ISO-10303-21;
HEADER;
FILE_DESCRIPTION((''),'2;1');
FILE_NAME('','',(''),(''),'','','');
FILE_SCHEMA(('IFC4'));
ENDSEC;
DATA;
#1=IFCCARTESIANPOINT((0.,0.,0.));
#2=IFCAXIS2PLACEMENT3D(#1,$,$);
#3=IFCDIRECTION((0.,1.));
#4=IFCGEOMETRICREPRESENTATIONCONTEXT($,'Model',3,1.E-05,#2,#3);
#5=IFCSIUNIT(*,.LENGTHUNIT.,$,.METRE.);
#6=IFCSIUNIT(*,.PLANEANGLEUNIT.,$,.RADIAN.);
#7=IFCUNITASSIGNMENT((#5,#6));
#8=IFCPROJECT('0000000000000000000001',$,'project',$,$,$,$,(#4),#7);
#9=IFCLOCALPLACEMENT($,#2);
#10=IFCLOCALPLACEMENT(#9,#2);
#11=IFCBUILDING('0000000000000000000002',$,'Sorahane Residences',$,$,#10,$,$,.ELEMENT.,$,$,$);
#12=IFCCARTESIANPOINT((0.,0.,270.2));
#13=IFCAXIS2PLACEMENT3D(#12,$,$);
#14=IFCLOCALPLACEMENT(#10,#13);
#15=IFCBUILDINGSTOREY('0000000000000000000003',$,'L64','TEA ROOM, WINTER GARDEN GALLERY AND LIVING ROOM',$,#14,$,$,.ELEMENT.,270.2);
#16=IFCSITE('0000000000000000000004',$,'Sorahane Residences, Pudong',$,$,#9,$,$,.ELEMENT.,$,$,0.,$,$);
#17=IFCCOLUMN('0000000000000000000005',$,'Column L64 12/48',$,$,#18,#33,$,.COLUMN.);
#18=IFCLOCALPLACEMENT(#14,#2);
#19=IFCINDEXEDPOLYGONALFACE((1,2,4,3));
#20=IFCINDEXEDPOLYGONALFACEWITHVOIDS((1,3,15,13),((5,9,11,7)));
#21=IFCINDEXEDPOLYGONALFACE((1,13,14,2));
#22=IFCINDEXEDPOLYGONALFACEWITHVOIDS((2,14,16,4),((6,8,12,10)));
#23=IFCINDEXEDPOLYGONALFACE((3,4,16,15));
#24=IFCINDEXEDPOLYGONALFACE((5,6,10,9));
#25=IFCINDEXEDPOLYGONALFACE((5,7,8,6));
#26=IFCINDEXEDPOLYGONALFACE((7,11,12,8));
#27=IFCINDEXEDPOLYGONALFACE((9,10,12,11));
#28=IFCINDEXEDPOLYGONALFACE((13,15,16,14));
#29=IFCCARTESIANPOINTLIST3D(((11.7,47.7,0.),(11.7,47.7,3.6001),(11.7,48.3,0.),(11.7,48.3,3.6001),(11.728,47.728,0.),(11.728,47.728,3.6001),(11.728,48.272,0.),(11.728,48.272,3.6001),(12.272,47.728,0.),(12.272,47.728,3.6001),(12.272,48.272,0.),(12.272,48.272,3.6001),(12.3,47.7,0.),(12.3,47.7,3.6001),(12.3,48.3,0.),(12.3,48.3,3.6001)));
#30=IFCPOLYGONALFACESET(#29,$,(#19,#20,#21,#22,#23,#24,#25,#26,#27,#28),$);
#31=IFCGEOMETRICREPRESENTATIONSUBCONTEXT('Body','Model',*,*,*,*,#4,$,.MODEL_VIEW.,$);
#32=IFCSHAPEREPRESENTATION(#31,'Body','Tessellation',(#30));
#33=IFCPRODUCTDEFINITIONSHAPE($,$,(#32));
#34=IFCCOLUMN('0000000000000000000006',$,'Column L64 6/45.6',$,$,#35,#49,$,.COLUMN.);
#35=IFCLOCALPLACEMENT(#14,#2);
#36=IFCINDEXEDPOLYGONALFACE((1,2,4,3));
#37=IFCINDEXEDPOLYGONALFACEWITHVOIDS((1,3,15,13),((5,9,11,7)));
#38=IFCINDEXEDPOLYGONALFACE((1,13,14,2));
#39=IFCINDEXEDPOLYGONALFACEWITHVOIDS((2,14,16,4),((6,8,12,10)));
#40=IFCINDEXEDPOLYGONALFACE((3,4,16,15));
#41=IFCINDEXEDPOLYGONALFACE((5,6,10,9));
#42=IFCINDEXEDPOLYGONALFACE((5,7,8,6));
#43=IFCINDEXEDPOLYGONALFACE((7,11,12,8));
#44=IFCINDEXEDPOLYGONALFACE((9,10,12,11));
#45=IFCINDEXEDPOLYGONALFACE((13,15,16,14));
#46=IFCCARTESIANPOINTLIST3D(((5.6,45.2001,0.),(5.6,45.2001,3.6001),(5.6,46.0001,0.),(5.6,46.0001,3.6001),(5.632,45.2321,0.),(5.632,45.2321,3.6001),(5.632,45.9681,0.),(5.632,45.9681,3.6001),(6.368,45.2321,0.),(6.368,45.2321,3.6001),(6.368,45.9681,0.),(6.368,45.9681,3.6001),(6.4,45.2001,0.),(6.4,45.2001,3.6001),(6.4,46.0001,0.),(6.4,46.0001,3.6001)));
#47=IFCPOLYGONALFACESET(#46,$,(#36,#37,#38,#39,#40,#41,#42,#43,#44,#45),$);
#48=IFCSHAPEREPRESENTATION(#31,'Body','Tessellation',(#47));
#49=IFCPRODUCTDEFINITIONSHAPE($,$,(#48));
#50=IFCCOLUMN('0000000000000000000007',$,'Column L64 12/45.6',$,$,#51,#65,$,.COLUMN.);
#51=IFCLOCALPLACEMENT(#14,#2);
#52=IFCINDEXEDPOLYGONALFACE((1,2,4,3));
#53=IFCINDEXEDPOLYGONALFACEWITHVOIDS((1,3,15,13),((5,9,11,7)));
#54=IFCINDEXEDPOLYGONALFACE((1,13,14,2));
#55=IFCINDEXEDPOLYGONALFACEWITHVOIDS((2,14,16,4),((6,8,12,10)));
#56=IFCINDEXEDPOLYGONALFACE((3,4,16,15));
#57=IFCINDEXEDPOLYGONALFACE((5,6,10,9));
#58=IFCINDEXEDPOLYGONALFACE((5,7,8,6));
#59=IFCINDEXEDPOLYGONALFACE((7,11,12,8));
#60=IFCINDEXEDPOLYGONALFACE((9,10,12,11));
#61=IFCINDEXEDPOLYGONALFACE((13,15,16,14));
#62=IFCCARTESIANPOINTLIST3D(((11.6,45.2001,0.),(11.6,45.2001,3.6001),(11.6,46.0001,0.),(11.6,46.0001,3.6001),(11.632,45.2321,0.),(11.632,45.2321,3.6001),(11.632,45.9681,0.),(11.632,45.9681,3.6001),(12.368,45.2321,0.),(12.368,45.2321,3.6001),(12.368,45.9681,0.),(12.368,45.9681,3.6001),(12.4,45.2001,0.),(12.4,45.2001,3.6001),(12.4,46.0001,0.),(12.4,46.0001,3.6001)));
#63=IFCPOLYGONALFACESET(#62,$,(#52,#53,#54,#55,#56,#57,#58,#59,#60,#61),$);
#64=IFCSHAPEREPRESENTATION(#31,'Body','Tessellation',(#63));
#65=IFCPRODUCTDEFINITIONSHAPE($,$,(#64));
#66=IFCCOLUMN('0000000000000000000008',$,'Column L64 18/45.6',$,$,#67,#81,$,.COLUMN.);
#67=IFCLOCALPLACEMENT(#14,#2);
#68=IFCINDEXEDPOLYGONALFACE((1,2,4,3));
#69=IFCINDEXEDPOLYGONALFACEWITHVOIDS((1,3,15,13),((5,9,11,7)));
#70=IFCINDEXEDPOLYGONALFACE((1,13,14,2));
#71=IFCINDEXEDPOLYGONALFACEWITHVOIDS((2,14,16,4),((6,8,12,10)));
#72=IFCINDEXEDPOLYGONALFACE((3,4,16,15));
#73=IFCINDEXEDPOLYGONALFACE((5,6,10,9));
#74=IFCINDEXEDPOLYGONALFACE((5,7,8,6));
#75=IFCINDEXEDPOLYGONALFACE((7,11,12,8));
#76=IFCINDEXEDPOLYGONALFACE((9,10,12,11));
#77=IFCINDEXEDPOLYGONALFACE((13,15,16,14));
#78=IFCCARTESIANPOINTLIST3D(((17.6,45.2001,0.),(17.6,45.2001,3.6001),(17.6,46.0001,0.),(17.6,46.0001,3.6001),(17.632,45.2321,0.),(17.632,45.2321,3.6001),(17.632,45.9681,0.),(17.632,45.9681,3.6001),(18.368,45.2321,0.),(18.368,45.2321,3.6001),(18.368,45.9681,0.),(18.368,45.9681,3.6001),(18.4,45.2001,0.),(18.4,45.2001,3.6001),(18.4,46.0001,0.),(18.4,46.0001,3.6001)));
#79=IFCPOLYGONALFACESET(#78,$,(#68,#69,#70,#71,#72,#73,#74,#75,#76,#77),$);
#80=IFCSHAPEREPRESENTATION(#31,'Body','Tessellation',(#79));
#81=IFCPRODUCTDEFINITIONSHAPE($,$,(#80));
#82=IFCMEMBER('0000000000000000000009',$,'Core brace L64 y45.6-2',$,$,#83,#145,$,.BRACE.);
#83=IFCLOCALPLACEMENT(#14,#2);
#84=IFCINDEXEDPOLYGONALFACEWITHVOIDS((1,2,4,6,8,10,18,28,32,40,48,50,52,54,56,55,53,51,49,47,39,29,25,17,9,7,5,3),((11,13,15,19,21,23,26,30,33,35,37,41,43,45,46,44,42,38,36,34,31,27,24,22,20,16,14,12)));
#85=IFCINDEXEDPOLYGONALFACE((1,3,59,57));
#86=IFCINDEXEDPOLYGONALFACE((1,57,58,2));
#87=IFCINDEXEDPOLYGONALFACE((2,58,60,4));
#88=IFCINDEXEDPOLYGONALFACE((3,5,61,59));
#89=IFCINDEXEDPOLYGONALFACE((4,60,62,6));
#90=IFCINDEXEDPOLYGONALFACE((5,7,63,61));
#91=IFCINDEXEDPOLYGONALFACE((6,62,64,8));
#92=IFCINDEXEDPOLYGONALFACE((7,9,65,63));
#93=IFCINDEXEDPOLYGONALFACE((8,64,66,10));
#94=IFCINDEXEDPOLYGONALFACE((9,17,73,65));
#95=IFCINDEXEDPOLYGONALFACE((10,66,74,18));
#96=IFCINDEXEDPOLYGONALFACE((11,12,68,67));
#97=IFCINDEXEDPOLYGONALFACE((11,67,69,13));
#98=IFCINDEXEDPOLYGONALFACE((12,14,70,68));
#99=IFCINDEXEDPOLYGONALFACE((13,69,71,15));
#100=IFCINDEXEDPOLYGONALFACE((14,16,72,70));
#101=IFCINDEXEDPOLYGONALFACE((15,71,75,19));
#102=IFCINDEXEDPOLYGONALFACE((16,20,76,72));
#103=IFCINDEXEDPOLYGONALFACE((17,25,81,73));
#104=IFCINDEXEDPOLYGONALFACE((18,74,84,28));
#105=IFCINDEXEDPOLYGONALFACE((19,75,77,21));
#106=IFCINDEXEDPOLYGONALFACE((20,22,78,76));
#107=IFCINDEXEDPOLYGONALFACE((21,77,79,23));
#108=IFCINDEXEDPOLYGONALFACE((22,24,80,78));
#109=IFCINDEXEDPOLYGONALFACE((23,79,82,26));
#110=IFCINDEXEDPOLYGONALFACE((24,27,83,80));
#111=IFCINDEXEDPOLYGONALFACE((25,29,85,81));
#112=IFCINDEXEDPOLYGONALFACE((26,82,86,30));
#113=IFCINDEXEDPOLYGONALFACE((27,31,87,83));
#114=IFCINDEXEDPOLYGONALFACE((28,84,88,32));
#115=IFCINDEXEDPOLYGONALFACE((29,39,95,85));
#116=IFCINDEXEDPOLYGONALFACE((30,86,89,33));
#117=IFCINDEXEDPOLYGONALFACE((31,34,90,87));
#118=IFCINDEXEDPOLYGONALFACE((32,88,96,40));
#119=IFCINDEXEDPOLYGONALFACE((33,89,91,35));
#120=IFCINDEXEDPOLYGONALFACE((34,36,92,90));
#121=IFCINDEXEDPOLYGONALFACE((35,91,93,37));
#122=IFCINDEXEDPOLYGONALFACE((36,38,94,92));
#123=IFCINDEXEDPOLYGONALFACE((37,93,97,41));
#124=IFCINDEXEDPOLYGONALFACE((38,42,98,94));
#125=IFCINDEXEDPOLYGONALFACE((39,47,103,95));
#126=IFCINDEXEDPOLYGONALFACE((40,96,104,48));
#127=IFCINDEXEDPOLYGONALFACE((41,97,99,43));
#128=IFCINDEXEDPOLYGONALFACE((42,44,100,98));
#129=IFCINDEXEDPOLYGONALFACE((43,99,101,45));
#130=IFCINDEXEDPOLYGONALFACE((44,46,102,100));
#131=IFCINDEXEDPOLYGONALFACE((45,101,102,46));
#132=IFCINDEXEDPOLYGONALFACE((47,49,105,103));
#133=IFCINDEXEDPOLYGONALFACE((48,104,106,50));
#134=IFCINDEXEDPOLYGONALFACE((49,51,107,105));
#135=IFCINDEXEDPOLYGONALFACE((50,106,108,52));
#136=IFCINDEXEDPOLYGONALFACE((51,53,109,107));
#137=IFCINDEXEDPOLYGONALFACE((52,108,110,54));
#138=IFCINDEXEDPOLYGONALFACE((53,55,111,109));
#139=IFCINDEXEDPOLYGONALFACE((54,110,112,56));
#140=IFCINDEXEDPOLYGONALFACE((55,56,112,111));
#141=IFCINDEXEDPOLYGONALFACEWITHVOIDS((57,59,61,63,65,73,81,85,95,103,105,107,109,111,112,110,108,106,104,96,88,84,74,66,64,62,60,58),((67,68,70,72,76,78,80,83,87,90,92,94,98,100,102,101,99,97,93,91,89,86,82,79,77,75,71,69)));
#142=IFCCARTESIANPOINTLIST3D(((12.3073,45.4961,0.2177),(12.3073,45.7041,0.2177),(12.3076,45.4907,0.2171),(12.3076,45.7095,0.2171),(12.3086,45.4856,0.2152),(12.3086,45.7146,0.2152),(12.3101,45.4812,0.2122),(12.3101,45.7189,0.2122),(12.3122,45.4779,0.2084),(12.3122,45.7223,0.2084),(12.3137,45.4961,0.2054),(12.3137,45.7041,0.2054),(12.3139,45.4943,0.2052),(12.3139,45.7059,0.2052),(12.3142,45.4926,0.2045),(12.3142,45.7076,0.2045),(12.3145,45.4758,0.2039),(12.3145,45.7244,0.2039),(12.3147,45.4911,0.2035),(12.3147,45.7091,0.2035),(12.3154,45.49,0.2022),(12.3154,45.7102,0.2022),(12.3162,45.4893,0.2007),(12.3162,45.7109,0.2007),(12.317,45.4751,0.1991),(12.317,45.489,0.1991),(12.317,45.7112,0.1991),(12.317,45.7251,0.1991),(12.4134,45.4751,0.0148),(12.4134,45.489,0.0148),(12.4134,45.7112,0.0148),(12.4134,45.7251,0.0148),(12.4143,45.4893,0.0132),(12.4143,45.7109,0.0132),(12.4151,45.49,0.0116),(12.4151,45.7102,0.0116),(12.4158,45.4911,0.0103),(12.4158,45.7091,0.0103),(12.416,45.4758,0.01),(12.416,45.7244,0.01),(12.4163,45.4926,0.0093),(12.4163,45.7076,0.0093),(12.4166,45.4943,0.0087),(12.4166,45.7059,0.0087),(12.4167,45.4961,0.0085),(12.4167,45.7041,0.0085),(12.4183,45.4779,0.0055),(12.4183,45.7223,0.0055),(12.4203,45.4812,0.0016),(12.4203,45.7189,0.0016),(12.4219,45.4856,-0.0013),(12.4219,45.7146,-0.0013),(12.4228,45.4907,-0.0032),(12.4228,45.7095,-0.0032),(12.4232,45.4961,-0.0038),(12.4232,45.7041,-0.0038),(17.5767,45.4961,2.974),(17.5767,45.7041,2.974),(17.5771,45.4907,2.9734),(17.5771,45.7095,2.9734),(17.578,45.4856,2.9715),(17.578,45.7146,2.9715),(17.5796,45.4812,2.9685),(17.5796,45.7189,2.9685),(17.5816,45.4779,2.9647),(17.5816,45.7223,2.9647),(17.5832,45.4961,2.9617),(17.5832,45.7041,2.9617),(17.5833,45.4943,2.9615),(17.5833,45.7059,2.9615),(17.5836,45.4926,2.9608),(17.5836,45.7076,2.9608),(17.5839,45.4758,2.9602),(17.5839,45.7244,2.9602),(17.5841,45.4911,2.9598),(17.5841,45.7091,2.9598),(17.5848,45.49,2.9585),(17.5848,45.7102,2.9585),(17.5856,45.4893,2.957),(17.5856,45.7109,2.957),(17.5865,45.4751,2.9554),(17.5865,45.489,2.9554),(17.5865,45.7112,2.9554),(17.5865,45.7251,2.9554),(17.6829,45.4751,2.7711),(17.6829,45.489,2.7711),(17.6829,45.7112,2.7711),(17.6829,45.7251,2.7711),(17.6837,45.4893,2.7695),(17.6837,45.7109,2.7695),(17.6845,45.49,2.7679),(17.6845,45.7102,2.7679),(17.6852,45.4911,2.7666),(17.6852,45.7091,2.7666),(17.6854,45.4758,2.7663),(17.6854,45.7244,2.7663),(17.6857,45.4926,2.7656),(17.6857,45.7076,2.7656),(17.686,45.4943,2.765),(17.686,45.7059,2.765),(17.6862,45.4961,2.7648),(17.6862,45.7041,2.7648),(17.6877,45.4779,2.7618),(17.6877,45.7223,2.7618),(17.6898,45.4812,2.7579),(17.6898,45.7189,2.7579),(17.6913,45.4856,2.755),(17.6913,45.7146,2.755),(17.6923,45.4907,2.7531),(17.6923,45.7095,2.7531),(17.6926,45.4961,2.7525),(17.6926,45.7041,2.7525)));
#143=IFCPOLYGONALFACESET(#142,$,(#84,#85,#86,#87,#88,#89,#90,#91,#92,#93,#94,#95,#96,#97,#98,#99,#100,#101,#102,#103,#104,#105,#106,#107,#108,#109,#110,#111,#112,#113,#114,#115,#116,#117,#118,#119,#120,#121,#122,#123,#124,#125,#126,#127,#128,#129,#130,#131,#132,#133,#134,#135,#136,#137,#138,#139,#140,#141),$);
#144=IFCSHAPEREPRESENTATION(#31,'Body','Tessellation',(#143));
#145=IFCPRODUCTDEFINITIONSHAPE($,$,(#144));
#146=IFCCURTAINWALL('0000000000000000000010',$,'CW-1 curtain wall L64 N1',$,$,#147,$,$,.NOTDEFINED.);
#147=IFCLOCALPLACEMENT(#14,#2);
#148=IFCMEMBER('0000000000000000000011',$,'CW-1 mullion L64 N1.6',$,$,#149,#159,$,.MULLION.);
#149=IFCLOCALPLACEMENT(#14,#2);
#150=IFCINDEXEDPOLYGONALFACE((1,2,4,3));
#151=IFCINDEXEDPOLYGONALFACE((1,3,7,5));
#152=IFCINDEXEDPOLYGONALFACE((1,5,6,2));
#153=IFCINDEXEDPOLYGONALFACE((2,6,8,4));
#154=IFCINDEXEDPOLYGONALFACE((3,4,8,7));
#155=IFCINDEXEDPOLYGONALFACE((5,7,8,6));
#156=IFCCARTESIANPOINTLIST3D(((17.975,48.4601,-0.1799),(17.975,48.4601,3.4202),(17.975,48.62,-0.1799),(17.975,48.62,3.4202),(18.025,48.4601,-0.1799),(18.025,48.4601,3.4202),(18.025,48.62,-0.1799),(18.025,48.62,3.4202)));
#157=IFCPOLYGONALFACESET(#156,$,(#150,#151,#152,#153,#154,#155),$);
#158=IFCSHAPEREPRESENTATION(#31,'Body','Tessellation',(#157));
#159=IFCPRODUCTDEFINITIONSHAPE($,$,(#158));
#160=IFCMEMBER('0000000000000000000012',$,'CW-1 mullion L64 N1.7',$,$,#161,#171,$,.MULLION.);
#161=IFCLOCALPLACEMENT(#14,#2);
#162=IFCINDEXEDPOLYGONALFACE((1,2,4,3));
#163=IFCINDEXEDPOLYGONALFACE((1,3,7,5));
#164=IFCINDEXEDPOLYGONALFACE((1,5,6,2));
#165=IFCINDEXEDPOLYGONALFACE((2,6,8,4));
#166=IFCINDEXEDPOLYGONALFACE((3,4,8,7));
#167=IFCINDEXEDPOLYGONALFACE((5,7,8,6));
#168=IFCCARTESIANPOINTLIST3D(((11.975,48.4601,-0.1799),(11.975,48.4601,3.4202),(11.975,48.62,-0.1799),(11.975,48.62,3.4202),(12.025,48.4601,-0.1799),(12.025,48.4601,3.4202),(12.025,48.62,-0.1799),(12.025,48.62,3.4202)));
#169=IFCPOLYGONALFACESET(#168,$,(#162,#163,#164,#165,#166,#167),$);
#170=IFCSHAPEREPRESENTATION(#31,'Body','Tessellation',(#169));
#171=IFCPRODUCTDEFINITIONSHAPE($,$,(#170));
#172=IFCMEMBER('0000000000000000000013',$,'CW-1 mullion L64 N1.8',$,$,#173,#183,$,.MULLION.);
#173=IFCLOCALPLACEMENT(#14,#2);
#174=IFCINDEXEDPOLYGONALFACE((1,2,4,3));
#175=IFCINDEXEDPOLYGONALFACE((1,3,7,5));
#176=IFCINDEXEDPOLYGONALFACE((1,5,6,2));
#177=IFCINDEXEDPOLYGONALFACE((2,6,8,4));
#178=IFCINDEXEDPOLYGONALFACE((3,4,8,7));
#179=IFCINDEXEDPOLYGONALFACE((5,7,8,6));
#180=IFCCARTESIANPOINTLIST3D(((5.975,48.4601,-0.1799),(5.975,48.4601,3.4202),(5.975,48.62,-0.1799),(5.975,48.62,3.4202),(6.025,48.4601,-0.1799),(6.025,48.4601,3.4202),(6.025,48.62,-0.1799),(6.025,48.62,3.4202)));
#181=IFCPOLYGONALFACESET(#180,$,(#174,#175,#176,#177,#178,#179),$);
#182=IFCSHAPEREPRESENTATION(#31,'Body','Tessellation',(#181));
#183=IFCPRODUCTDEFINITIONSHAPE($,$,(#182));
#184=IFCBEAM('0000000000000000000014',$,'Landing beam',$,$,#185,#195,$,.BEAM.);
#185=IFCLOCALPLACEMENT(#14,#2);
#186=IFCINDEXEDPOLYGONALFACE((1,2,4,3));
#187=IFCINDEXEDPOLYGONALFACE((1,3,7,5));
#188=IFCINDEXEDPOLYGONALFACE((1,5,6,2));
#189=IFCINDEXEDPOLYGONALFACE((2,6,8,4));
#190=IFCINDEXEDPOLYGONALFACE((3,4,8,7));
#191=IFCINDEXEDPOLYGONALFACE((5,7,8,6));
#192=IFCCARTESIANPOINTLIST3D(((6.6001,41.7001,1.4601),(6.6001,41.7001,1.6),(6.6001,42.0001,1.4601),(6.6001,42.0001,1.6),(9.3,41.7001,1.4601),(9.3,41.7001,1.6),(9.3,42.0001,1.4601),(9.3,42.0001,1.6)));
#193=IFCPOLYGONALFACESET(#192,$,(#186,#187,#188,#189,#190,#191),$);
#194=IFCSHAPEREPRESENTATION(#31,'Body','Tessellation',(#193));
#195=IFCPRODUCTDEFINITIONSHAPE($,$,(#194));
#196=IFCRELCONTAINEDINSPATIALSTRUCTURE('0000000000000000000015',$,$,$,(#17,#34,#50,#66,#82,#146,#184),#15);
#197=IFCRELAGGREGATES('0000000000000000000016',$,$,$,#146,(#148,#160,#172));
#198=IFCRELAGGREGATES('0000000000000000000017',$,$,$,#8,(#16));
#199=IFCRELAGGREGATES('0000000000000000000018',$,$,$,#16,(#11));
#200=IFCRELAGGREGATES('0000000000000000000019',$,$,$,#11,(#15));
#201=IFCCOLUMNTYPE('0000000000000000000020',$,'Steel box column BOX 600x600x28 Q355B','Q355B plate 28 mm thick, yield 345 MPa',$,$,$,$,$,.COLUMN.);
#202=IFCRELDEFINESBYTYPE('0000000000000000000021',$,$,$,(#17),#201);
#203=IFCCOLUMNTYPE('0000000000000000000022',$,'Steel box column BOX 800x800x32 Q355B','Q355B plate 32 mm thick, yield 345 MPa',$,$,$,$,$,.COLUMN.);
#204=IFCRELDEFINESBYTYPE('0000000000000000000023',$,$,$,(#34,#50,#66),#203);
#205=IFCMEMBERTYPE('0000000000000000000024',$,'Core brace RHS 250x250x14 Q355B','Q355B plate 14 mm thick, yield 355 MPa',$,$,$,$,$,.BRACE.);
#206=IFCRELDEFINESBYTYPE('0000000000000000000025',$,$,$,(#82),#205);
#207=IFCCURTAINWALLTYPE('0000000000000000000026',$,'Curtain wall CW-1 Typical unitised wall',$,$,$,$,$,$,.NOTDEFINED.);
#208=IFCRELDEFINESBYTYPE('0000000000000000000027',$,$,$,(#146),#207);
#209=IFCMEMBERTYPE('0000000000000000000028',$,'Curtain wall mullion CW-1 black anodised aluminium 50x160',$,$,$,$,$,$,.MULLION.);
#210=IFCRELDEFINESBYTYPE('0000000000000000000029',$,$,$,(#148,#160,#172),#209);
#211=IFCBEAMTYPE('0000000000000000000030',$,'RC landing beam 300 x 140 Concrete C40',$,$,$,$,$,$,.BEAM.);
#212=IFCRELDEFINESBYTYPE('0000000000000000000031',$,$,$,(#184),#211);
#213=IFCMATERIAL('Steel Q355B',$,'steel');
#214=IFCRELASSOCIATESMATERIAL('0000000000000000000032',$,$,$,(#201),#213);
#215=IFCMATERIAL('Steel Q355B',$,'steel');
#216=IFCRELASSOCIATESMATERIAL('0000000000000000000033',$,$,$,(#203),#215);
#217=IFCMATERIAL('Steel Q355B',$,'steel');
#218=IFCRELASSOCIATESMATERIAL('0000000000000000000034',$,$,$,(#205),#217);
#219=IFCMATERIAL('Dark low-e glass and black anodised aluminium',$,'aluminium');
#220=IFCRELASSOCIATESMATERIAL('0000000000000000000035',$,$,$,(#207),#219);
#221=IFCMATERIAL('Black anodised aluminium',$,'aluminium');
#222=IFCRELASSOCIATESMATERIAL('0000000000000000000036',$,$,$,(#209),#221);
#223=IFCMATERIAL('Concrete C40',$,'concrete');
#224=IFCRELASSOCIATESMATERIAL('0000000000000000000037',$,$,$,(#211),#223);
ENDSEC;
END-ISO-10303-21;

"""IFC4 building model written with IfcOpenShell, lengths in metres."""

from ifc_helpers import new_model, si_unit, direction, frame, origin, origin_2d, place, context, subcontext, project, spatial, rectangle, hollow_rectangle, extrude, material, material_profile, profile_set, type_object, element, aggregate, save


model = new_model("IFC4")

# Units and contexts
model_context = context("Model", 3, precision=1e-05, world=origin(), true_north=direction((0.0, 1.0)))
body_context = subcontext(model_context, "Body", "Model", "MODEL_VIEW")
ifc_project = project(units=[si_unit("LENGTHUNIT", "METRE"), si_unit("PLANEANGLEUNIT", "RADIAN")], contexts=[model_context])

# Site, building, storey
site_placement = place(None, origin())
site = spatial("IfcSite", under=ifc_project, at=site_placement, Name="Sorahane Residences, Pudong", CompositionType="ELEMENT", RefElevation=0.0)
building_placement = place(site_placement, origin())
building = spatial("IfcBuilding", under=site, at=building_placement, Name="Sorahane Residences", CompositionType="ELEMENT")
storey_placement = place(building_placement, frame((0.0, 0.0, 270.2)))
storey = spatial("IfcBuildingStorey", under=building, at=storey_placement, Name="L64", Description="TEA ROOM, WINTER GARDEN GALLERY AND LIVING ROOM", CompositionType="ELEMENT", Elevation=270.2)

# Columns
ifc_material_1 = material(Name="Steel Q355B", Category="steel")
ifc_material_profile_1 = material_profile(ifc_material_1, hollow_rectangle(XDim=0.6001, YDim=0.6001, WallThickness=0.0281, at=origin_2d()), Name="BOX 600x600x28")
ifc_profile_set_1 = profile_set([ifc_material_profile_1], Name="Steel Q355B")
column_type_1 = type_object("IfcColumnType", Name="Steel box column BOX 600x600x28 Q355B", Description="Q355B plate 28 mm thick, yield 345 MPa", PredefinedType="COLUMN", material=ifc_profile_set_1)
column_placement = place(storey_placement, frame((12.0, 48.0, 0.0), z_axis=(0.0, 0.0, 1.0), x_axis=(1.0, 0.0, 0.0)))
element("IfcColumn", 1, at=column_placement, inside=storey, type_object=column_type_1, Name="Column L64 12/48", PredefinedType="COLUMN", context=body_context, shape_type="SweptSolid", body=[
    extrude(hollow_rectangle(XDim=0.6001, YDim=0.6001, WallThickness=0.0281, at=origin_2d()), origin(), (0.0, 0.0, 1.0), 3.6001),
])
ifc_material_2 = material(Name="Steel Q355B", Category="steel")
ifc_material_profile_2 = material_profile(ifc_material_2, hollow_rectangle(XDim=0.8, YDim=0.8, WallThickness=0.032, at=origin_2d()), Name="BOX 800x800x32")
ifc_profile_set_2 = profile_set([ifc_material_profile_2], Name="Steel Q355B")
column_type_2 = type_object("IfcColumnType", Name="Steel box column BOX 800x800x32 Q355B", Description="Q355B plate 32 mm thick, yield 345 MPa", PredefinedType="COLUMN", material=ifc_profile_set_2)
for number, where, z_axis, x_axis, name in (
    (2, (6.0, 45.6001, 0.0), (0.0, 0.0, 1.0), (1.0, 0.0, 0.0), "Column L64 6/45.6"),
    (3, (12.0, 45.6001, 0.0), (0.0, 0.0, 1.0), (1.0, 0.0, 0.0), "Column L64 12/45.6"),
    (4, (18.0, 45.6001, 0.0), (0.0, 0.0, 1.0), (1.0, 0.0, 0.0), "Column L64 18/45.6"),
):
    element("IfcColumn", number, at=place(storey_placement, frame(where, z_axis=z_axis, x_axis=x_axis)), inside=storey, type_object=column_type_2, Name=name, PredefinedType="COLUMN", context=body_context, shape_type="SweptSolid", body=[
        extrude(hollow_rectangle(XDim=0.8, YDim=0.8, WallThickness=0.032, at=origin_2d()), origin(), (0.0, 0.0, 1.0), 3.6001),
    ])

# Member
ifc_material_3 = material(Name="Steel Q355B", Category="steel")
ifc_material_profile_3 = material_profile(ifc_material_3, hollow_rectangle(XDim=0.25, YDim=0.25, WallThickness=0.0139, InnerFilletRadius=0.0071, OuterFilletRadius=0.021, at=origin_2d()), Name="RHS 250x250x14")
ifc_profile_set_3 = profile_set([ifc_material_profile_3], Name="Steel Q355B")
member_type_1 = type_object("IfcMemberType", Name="Core brace RHS 250x250x14 Q355B", Description="Q355B plate 14 mm thick, yield 355 MPa", PredefinedType="BRACE", material=ifc_profile_set_3)
member_1_placement = place(storey_placement, frame((12.3652, 45.6001, 0.1069), z_axis=(0.8861, 0.0, 0.463495), x_axis=(0.0, 1.0, 0.0)))
element("IfcMember", 5, at=member_1_placement, inside=storey, type_object=member_type_1, Name="Core brace L64 y45.6-2", PredefinedType="BRACE", context=body_context, shape_type="SweptSolid", body=[
    extrude(hollow_rectangle(XDim=0.25, YDim=0.25, WallThickness=0.0139, InnerFilletRadius=0.0071, OuterFilletRadius=0.021, at=origin_2d()), origin(), (0.0, 0.0, 1.0), 5.9468),
])

# Curtain wall, members
ifc_material_4 = material(Name="Dark low-e glass and black anodised aluminium", Category="aluminium")
curtain_wall_type = type_object("IfcCurtainWallType", Name="Curtain wall CW-1 Typical unitised wall", PredefinedType="NOTDEFINED", material=ifc_material_4)
curtain_wall_placement = place(storey_placement, origin())
curtain_wall = element("IfcCurtainWall", 6, at=curtain_wall_placement, inside=storey, type_object=curtain_wall_type, Name="CW-1 curtain wall L64 N1", PredefinedType="NOTDEFINED")
ifc_material_5 = material(Name="Black anodised aluminium", Category="aluminium")
ifc_material_profile_4 = material_profile(ifc_material_5, rectangle(XDim=0.1599, YDim=0.05, at=origin_2d()), Name="Curtain wall mullion CW-1 black anodised aluminium 50x160")
ifc_profile_set_4 = profile_set([ifc_material_profile_4], Name="Black anodised aluminium")
member_type_2 = type_object("IfcMemberType", Name="Curtain wall mullion CW-1 black anodised aluminium 50x160", PredefinedType="MULLION", material=ifc_profile_set_4)
member_2_placement = place(storey_placement, frame((18.0, 48.54, -0.1799), z_axis=(0.0, 0.0, 1.0), x_axis=(0.0, 1.0, 0.0)))
member_2 = element("IfcMember", 7, at=member_2_placement, type_object=member_type_2, Name="CW-1 mullion L64 N1.6", PredefinedType="MULLION", context=body_context, shape_type="SweptSolid", body=[
    extrude(rectangle(XDim=0.1599, YDim=0.05, at=origin_2d()), origin(), (0.0, 0.0, 1.0), 3.6001),
])
member_3_placement = place(storey_placement, frame((12.0, 48.54, -0.1799), z_axis=(0.0, 0.0, 1.0), x_axis=(0.0, 1.0, 0.0)))
member_3 = element("IfcMember", 8, at=member_3_placement, type_object=member_type_2, Name="CW-1 mullion L64 N1.7", PredefinedType="MULLION", context=body_context, shape_type="SweptSolid", body=[
    extrude(rectangle(XDim=0.1599, YDim=0.05, at=origin_2d()), origin(), (0.0, 0.0, 1.0), 3.6001),
])
member_4_placement = place(storey_placement, frame((6.0, 48.54, -0.1799), z_axis=(0.0, 0.0, 1.0), x_axis=(0.0, 1.0, 0.0)))
member_4 = element("IfcMember", 9, at=member_4_placement, type_object=member_type_2, Name="CW-1 mullion L64 N1.8", PredefinedType="MULLION", context=body_context, shape_type="SweptSolid", body=[
    extrude(rectangle(XDim=0.1599, YDim=0.05, at=origin_2d()), origin(), (0.0, 0.0, 1.0), 3.6001),
])

# Beam
ifc_material_6 = material(Name="Concrete C40", Category="concrete")
ifc_material_profile_5 = material_profile(ifc_material_6, rectangle(XDim=0.3, YDim=0.1399, at=origin_2d()), Name="300x140")
ifc_profile_set_5 = profile_set([ifc_material_profile_5], Name="Concrete C40")
beam_type_1 = type_object("IfcBeamType", Name="RC landing beam 300 x 140 Concrete C40", PredefinedType="BEAM", material=ifc_profile_set_5)
for number, where, z_axis, x_axis, name in (
    (10, (6.6001, 41.8501, 1.53), (1.0, 0.0, 0.0), (0.0, 1.0, 0.0), "Landing beam"),
):
    element("IfcBeam", number, at=place(storey_placement, frame(where, z_axis=z_axis, x_axis=x_axis)), inside=storey, type_object=beam_type_1, Name=name, PredefinedType="BEAM", context=body_context, shape_type="SweptSolid", body=[
        extrude(rectangle(XDim=0.3, YDim=0.1399, at=origin_2d()), origin(), (0.0, 0.0, 1.0), 2.7),
    ])

aggregate(curtain_wall, [member_2, member_3, member_4])

save(model, "model.ifc")
